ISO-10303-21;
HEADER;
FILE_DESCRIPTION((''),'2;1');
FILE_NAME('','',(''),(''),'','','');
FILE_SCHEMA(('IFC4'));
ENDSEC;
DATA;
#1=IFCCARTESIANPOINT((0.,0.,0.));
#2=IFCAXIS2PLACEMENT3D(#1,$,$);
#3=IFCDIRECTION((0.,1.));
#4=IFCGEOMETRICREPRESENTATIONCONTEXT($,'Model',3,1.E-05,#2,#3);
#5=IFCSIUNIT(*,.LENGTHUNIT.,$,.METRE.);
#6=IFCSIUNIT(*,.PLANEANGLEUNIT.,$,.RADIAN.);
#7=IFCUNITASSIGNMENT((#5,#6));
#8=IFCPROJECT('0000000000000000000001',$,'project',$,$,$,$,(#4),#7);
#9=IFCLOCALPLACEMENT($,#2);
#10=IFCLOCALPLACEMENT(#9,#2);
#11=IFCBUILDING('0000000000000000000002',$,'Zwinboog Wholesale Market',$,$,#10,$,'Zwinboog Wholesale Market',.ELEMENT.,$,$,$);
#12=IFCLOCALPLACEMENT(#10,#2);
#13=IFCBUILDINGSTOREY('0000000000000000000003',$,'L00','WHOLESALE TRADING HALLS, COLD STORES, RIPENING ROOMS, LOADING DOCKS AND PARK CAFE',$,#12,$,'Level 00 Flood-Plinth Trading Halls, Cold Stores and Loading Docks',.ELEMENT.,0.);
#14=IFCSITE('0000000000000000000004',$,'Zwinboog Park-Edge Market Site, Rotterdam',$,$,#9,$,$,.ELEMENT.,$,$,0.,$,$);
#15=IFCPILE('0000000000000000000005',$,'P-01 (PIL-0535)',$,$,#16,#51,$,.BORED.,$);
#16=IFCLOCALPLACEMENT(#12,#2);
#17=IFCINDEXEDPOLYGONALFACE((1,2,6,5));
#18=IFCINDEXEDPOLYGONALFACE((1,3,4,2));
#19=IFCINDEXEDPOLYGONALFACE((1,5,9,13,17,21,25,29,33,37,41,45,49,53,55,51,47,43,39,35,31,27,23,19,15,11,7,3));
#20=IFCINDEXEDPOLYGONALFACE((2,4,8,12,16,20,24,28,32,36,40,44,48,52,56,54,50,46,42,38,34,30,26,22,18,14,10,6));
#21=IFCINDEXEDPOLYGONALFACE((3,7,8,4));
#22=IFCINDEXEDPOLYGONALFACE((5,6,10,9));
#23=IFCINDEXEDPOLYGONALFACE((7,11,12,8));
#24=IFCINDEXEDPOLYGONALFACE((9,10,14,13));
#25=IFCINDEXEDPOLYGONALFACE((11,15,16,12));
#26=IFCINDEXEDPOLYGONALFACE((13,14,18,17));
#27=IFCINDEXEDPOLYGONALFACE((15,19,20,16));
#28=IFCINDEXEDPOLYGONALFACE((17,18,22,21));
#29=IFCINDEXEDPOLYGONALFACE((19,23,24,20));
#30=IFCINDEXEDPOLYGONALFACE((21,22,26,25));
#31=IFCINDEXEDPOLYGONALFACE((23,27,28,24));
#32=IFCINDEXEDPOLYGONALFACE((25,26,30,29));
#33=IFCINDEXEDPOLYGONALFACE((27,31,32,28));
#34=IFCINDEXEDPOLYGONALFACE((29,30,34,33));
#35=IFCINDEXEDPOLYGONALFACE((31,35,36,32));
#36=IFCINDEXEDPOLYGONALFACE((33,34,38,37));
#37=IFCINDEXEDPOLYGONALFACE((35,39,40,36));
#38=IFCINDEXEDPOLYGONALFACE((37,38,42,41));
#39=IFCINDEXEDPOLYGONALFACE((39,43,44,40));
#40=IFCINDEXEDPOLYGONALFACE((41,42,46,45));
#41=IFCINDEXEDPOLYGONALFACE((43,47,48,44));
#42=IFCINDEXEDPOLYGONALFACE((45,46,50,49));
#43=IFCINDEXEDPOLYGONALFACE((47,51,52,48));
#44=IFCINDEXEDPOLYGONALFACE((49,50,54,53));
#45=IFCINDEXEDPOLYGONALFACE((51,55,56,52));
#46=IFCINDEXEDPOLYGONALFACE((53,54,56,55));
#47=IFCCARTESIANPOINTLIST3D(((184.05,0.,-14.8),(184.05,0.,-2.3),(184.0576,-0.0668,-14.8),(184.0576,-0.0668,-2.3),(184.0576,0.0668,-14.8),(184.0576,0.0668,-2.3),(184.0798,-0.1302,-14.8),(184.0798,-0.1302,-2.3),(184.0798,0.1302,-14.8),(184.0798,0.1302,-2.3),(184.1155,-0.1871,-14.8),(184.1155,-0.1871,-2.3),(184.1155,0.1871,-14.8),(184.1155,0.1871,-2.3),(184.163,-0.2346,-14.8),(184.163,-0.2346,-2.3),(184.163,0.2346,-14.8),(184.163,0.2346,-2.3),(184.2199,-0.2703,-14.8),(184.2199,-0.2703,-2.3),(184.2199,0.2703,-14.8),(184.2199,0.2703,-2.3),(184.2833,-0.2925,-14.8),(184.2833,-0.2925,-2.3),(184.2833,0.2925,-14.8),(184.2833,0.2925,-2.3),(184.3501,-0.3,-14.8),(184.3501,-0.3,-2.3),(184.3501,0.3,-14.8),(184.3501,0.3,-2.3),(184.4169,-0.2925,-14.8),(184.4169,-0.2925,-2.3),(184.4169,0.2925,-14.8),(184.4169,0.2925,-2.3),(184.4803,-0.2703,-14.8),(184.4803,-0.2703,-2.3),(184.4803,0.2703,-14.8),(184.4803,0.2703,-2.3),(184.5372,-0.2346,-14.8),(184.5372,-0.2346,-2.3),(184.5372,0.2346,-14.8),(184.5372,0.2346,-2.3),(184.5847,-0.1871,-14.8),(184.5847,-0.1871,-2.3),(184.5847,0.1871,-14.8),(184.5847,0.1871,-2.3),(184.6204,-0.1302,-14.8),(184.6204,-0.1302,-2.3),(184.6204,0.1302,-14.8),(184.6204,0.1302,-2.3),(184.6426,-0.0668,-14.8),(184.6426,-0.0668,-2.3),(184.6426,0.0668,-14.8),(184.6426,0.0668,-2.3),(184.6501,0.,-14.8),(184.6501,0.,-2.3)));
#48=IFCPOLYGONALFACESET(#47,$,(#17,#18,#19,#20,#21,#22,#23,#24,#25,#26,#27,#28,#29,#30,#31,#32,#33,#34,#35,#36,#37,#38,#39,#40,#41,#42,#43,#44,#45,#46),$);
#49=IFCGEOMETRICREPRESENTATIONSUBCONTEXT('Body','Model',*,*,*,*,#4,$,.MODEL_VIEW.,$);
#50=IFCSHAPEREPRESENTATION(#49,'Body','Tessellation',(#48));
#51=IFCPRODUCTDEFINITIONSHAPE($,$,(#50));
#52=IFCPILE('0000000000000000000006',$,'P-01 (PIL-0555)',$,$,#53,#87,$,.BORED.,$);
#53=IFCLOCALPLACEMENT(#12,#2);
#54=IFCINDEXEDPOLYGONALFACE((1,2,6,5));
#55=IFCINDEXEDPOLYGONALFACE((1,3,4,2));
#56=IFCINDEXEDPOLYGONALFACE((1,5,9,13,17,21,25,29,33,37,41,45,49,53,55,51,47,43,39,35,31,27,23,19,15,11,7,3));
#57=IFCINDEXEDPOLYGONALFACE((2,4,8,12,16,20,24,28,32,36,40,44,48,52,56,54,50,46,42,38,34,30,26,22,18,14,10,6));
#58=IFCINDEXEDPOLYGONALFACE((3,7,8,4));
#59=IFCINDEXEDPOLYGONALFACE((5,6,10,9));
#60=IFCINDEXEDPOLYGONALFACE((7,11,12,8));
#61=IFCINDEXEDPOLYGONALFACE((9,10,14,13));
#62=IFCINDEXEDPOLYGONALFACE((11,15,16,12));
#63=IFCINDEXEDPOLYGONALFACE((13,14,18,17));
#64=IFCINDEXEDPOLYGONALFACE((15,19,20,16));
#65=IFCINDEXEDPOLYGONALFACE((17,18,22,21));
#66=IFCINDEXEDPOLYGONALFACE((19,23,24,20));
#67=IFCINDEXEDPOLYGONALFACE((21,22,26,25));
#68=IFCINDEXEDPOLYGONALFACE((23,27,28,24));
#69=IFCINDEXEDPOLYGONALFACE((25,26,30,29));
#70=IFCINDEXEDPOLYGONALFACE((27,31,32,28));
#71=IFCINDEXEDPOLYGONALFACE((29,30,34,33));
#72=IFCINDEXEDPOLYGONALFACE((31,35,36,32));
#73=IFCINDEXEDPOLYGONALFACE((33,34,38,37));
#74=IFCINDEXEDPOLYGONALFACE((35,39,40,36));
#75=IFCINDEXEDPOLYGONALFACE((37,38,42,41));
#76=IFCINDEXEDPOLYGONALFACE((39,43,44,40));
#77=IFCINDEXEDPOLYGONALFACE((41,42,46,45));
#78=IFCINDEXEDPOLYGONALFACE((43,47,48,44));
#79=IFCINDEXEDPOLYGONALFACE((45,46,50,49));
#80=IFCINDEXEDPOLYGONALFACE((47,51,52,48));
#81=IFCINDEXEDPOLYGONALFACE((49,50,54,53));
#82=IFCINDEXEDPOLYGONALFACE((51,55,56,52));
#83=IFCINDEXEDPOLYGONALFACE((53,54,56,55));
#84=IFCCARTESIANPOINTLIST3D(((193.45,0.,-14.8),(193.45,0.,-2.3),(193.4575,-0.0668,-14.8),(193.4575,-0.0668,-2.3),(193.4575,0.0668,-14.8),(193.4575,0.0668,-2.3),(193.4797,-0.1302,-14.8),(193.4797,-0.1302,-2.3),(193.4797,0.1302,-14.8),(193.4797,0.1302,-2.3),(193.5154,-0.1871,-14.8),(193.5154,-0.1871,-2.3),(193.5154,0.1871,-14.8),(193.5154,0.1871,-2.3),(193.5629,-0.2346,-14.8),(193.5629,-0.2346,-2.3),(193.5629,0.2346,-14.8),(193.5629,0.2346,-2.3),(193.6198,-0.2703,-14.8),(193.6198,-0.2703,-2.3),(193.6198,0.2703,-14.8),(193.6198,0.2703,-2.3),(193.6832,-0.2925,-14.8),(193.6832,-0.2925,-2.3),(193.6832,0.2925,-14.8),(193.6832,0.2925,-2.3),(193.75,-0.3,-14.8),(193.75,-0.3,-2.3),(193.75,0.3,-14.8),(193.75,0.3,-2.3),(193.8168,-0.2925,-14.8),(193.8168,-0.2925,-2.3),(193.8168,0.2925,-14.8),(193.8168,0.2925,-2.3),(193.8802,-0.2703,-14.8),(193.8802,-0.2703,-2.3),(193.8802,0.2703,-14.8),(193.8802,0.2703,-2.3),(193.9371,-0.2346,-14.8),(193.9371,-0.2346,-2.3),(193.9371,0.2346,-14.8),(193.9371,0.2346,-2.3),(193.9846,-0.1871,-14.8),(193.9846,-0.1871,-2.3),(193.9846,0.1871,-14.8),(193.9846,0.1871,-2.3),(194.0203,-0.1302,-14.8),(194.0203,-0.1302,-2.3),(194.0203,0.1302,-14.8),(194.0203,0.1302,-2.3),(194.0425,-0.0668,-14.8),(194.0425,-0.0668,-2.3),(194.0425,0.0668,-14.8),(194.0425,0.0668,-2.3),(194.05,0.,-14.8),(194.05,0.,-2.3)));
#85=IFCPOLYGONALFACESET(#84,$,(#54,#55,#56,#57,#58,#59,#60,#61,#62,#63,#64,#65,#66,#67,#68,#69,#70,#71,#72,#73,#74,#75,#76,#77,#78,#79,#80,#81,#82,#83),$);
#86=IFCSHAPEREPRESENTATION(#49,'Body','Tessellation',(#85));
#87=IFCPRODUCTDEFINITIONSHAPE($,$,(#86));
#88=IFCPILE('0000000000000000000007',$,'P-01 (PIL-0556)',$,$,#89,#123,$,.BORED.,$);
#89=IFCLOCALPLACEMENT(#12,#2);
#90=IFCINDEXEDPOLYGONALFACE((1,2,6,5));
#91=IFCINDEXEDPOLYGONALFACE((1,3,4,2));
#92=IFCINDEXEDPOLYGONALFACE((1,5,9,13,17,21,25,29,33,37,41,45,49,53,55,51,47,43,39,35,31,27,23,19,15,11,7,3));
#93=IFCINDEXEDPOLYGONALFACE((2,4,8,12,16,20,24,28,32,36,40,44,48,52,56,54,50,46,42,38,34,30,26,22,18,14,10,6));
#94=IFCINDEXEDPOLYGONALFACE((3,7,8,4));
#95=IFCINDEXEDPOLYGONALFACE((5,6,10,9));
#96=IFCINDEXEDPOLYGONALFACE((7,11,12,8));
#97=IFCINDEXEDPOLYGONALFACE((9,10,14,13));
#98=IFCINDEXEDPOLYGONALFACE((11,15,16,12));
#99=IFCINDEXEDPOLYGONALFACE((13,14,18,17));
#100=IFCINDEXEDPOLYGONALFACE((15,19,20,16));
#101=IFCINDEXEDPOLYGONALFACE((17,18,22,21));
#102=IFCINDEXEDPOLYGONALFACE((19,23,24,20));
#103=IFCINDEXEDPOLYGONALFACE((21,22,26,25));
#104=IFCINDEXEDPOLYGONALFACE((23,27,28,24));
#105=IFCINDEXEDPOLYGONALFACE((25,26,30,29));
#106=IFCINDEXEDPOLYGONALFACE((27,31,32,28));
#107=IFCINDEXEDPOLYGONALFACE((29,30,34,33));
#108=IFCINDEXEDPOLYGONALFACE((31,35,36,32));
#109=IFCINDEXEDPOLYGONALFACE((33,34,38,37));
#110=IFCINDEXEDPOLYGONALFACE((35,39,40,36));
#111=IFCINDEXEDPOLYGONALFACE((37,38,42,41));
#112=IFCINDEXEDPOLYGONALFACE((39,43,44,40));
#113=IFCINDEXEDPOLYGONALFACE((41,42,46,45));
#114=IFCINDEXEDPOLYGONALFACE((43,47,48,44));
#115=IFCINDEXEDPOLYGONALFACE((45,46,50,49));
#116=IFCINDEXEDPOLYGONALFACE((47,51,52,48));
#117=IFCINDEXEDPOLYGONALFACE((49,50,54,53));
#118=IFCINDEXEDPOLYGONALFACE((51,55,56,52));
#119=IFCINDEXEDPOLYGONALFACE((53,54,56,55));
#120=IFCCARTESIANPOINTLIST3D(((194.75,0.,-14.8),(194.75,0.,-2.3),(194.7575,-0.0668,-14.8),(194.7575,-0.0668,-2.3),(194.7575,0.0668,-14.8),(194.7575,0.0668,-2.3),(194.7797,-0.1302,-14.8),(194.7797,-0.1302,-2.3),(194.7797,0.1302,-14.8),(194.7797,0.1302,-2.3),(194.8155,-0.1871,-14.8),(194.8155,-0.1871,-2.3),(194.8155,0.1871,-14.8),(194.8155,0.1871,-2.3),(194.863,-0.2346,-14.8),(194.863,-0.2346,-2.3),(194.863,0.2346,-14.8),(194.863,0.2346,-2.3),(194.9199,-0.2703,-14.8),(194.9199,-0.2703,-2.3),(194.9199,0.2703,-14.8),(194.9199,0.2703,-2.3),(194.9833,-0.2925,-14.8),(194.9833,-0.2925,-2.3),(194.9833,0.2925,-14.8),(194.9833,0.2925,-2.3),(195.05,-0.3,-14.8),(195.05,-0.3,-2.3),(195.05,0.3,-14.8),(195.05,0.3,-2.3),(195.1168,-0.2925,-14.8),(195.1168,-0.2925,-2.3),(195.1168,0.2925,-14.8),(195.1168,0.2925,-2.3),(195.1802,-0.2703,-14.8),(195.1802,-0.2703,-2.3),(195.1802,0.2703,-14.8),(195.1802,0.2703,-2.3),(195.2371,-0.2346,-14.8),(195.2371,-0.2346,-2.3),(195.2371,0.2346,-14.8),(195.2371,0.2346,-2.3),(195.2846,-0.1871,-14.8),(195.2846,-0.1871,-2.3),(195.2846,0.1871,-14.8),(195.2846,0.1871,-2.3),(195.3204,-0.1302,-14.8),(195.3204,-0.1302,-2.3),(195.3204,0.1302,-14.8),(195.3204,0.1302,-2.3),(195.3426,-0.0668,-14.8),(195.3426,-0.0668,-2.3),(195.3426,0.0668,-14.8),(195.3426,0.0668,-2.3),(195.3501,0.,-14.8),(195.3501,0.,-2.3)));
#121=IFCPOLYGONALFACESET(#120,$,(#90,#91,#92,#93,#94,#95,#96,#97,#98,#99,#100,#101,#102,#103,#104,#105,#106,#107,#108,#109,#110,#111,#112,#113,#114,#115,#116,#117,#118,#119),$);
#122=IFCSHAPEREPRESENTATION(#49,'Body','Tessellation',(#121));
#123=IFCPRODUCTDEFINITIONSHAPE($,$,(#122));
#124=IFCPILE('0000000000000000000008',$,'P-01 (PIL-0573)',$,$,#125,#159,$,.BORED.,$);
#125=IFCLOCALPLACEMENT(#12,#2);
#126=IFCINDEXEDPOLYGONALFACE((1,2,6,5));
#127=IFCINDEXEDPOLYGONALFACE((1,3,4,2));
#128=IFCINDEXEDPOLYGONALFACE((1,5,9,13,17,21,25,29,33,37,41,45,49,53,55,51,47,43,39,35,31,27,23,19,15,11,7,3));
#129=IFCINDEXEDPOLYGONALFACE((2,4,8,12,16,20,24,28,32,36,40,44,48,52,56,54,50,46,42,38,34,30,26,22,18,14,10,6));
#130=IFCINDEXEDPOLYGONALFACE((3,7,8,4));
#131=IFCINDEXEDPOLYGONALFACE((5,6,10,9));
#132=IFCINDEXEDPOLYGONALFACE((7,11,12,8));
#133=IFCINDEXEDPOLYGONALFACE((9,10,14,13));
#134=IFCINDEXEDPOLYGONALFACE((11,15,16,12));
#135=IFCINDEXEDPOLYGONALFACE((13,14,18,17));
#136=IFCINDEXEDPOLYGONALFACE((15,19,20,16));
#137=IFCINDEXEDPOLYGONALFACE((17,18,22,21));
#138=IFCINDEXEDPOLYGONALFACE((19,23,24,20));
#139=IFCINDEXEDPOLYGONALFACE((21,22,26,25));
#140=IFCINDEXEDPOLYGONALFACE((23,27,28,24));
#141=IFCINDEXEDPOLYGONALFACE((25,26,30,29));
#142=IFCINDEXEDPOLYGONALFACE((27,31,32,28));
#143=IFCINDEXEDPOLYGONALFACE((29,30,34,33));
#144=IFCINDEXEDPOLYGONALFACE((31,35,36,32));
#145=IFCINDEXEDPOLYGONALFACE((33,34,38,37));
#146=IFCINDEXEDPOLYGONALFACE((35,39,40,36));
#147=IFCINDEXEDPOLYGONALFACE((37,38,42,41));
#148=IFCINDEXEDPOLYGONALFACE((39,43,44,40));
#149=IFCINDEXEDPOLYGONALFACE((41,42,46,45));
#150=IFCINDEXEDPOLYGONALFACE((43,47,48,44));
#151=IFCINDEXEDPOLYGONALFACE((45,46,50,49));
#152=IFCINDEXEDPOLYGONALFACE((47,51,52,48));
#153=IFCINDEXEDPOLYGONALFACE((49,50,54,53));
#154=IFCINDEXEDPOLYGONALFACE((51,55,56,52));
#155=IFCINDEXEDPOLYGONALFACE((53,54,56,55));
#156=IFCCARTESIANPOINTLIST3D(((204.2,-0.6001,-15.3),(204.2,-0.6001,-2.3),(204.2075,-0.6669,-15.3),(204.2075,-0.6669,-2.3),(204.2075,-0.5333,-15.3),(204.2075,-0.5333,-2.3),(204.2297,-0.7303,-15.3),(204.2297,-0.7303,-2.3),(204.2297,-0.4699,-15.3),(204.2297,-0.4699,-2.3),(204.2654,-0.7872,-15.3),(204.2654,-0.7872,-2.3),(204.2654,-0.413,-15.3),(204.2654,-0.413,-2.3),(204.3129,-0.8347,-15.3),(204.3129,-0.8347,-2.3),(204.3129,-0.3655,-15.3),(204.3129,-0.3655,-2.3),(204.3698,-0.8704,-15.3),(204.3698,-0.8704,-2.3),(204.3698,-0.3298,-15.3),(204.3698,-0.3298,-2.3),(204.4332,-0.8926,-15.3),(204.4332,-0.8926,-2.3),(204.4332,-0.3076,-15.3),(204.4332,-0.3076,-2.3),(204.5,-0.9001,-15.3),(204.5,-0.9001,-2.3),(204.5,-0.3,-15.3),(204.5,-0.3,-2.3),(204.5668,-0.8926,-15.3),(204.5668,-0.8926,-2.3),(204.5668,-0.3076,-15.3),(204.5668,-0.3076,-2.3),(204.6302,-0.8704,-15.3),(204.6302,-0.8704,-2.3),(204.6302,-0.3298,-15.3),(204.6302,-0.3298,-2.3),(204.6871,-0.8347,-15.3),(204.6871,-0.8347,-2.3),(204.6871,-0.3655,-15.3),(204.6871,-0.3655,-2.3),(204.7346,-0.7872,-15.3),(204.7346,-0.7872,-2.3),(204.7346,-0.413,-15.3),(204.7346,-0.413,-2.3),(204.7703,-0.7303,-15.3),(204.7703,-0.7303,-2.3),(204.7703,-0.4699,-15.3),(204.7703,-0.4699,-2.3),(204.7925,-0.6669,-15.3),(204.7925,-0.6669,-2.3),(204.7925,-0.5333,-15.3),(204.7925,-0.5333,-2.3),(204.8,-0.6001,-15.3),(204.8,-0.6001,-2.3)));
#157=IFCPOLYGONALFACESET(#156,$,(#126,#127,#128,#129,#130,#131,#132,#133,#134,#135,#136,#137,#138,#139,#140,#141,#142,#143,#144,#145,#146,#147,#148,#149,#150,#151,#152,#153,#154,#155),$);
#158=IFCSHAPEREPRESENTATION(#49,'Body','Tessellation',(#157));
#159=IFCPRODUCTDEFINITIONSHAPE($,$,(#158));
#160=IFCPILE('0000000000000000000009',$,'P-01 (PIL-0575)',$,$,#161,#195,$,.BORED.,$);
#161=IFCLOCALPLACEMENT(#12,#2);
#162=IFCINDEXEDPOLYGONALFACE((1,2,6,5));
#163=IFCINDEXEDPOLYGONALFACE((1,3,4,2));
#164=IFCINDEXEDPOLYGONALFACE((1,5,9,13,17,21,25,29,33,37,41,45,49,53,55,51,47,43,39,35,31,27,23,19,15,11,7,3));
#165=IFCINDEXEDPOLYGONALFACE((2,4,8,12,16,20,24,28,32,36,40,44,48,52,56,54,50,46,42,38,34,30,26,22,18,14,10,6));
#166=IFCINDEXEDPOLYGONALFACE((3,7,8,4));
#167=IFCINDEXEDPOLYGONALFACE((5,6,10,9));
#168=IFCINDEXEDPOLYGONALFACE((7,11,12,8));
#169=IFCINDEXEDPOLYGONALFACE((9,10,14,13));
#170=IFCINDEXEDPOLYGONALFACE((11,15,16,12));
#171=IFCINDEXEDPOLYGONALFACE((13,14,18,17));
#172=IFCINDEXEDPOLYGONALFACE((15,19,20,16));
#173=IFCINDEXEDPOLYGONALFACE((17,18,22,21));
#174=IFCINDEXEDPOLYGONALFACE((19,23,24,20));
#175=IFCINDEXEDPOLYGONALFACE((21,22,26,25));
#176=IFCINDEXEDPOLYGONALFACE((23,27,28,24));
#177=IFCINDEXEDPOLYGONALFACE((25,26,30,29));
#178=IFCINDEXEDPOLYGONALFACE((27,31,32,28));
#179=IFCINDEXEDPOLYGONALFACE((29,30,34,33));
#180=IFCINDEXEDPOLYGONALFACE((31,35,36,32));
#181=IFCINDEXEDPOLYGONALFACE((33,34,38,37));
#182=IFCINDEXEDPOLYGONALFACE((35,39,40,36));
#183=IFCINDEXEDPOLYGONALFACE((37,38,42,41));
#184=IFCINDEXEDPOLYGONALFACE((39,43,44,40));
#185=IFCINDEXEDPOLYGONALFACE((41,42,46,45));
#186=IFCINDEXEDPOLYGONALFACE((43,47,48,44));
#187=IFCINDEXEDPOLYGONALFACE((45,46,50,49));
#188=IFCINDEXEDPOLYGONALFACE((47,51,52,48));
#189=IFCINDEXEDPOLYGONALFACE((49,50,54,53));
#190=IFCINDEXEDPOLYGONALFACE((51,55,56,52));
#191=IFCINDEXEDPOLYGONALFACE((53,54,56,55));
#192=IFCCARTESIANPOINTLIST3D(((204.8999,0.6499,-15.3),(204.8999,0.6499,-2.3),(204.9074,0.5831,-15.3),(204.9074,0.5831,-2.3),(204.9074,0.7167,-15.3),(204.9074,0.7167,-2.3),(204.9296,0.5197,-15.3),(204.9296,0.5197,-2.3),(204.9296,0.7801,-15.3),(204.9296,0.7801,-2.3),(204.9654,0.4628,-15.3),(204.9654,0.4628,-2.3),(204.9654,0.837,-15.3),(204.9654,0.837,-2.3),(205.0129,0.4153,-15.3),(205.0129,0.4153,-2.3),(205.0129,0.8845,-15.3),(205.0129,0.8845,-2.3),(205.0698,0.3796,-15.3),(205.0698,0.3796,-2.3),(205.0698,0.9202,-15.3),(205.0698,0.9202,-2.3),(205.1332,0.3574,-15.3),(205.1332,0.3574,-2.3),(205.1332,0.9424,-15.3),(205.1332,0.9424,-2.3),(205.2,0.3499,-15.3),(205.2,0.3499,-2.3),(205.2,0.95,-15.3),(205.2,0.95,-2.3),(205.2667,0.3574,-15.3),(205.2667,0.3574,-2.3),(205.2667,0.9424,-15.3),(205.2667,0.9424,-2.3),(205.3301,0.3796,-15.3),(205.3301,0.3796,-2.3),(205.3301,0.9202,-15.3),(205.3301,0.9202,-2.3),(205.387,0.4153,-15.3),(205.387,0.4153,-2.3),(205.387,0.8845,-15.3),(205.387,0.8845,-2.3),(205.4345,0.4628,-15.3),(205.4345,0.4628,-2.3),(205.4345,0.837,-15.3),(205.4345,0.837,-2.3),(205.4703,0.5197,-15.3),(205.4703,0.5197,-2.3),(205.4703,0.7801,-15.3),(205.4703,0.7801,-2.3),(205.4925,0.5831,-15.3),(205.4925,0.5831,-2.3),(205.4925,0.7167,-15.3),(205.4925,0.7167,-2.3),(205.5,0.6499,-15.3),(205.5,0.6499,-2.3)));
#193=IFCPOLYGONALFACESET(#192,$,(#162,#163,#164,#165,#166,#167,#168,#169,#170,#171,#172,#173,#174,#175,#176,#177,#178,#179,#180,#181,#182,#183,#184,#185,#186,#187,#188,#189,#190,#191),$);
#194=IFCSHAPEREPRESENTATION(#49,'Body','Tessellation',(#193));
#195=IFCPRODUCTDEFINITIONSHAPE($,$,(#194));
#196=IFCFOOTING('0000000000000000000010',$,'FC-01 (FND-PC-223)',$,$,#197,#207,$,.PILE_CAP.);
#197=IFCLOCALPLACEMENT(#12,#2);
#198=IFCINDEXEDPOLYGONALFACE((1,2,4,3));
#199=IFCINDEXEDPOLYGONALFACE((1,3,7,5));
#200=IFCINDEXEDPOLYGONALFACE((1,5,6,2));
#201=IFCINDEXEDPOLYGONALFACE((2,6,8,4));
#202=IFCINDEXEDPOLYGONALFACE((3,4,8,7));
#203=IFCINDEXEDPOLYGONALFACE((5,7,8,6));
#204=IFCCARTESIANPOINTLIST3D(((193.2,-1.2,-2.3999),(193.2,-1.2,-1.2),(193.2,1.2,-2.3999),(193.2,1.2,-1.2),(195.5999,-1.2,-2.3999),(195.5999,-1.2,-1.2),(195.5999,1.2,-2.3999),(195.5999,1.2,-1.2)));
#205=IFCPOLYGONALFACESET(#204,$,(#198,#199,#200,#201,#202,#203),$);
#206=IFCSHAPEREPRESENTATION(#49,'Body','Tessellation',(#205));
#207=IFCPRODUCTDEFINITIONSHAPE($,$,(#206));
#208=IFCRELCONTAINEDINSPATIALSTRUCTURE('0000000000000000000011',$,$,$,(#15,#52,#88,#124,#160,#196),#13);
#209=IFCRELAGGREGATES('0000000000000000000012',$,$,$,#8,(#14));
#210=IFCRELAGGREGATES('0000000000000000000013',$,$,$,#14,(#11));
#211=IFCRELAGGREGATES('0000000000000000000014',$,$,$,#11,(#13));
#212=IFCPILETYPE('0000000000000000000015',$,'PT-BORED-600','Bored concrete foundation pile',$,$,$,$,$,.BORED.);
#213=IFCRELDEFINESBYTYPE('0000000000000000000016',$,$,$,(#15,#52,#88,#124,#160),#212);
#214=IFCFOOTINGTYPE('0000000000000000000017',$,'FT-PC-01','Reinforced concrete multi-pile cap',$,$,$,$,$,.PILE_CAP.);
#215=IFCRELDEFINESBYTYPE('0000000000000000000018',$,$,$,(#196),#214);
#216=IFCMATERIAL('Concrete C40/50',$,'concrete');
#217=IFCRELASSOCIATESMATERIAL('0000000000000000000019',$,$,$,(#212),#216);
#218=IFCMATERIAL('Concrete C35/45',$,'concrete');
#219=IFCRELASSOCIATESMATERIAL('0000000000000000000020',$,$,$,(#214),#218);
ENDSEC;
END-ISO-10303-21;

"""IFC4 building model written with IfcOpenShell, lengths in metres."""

from ifc_helpers import new_model, si_unit, direction, frame, origin, origin_2d, place, context, subcontext, project, spatial, rectangle, circle, extrude, material, material_profile, profile_set, type_object, element, save


model = new_model("IFC4")

# Units and contexts
model_context = context("Model", 3, precision=1e-05, world=origin(), true_north=direction((0.0, 1.0)))
body_context = subcontext(model_context, "Body", "Model", "MODEL_VIEW")
ifc_project = project(units=[si_unit("LENGTHUNIT", "METRE"), si_unit("PLANEANGLEUNIT", "RADIAN")], contexts=[model_context])

# Site, building, storey
site_placement = place(None, origin())
site = spatial("IfcSite", under=ifc_project, at=site_placement, Name="Zwinboog Park-Edge Market Site, Rotterdam", CompositionType="ELEMENT", RefElevation=0.0)
building_placement = place(site_placement, origin())
building = spatial("IfcBuilding", under=site, at=building_placement, Name="Zwinboog Wholesale Market", LongName="Zwinboog Wholesale Market", CompositionType="ELEMENT")
storey_placement = place(building_placement, origin())
storey = spatial("IfcBuildingStorey", under=building, at=storey_placement, Name="L00", Description="WHOLESALE TRADING HALLS, COLD STORES, RIPENING ROOMS, LOADING DOCKS AND PARK CAFE", LongName="Level 00 Flood-Plinth Trading Halls, Cold Stores and Loading Docks", CompositionType="ELEMENT", Elevation=0.0)

# Piles
ifc_material_1 = material(Name="Concrete C40/50", Category="concrete")
ifc_material_profile_1 = material_profile(ifc_material_1, circle(Radius=0.3, at=origin_2d()), Name="PILE D600")
ifc_profile_set_1 = profile_set([ifc_material_profile_1], Name="Concrete C40/50")
pile_type = type_object("IfcPileType", Name="PT-BORED-600", Description="Bored concrete foundation pile", PredefinedType="BORED", material=ifc_profile_set_1)
for number, where, z_axis, x_axis, name in (
    (1, (184.3501, 0.0, -2.3), (0.0, 0.0, -1.0), (1.0, 0.0, 0.0), "P-01 (PIL-0535)"),
    (2, (193.75, 0.0, -2.3), (0.0, 0.0, -1.0), (1.0, 0.0, 0.0), "P-01 (PIL-0555)"),
    (3, (195.05, 0.0, -2.3), (0.0, 0.0, -1.0), (1.0, 0.0, 0.0), "P-01 (PIL-0556)"),
):
    element("IfcPile", number, at=place(storey_placement, frame(where, z_axis=z_axis, x_axis=x_axis)), inside=storey, type_object=pile_type, Name=name, PredefinedType="BORED", context=body_context, shape_type="SweptSolid", body=[
        extrude(circle(Radius=0.3, at=origin_2d()), origin(), (0.0, 0.0, 1.0), 12.5),
    ])
for number, where, z_axis, x_axis, name in (
    (4, (204.5, -0.6001, -2.3), (0.0, 0.0, -1.0), (1.0, 0.0, 0.0), "P-01 (PIL-0573)"),
    (5, (205.2, 0.6499, -2.3), (0.0, 0.0, -1.0), (1.0, 0.0, 0.0), "P-01 (PIL-0575)"),
):
    element("IfcPile", number, at=place(storey_placement, frame(where, z_axis=z_axis, x_axis=x_axis)), inside=storey, type_object=pile_type, Name=name, PredefinedType="BORED", context=body_context, shape_type="SweptSolid", body=[
        extrude(circle(Radius=0.3, at=origin_2d()), origin(), (0.0, 0.0, 1.0), 13.0),
    ])

# Footing
ifc_material_2 = material(Name="Concrete C35/45", Category="concrete")
footing_type_1 = type_object("IfcFootingType", Name="FT-PC-01", Description="Reinforced concrete multi-pile cap", PredefinedType="PILE_CAP", material=ifc_material_2)
footing_1_placement = place(storey_placement, frame((194.3999, 0.0, -2.3999), z_axis=(0.0, 0.0, 1.0), x_axis=(1.0, 0.0, 0.0)))
element("IfcFooting", 6, at=footing_1_placement, inside=storey, type_object=footing_type_1, Name="FC-01 (FND-PC-223)", PredefinedType="PILE_CAP", context=body_context, shape_type="SweptSolid", body=[
    extrude(rectangle(XDim=2.3999, YDim=2.3999, at=origin_2d()), origin(), (0.0, 0.0, 1.0), 1.2),
])

save(model, "model.ifc")
